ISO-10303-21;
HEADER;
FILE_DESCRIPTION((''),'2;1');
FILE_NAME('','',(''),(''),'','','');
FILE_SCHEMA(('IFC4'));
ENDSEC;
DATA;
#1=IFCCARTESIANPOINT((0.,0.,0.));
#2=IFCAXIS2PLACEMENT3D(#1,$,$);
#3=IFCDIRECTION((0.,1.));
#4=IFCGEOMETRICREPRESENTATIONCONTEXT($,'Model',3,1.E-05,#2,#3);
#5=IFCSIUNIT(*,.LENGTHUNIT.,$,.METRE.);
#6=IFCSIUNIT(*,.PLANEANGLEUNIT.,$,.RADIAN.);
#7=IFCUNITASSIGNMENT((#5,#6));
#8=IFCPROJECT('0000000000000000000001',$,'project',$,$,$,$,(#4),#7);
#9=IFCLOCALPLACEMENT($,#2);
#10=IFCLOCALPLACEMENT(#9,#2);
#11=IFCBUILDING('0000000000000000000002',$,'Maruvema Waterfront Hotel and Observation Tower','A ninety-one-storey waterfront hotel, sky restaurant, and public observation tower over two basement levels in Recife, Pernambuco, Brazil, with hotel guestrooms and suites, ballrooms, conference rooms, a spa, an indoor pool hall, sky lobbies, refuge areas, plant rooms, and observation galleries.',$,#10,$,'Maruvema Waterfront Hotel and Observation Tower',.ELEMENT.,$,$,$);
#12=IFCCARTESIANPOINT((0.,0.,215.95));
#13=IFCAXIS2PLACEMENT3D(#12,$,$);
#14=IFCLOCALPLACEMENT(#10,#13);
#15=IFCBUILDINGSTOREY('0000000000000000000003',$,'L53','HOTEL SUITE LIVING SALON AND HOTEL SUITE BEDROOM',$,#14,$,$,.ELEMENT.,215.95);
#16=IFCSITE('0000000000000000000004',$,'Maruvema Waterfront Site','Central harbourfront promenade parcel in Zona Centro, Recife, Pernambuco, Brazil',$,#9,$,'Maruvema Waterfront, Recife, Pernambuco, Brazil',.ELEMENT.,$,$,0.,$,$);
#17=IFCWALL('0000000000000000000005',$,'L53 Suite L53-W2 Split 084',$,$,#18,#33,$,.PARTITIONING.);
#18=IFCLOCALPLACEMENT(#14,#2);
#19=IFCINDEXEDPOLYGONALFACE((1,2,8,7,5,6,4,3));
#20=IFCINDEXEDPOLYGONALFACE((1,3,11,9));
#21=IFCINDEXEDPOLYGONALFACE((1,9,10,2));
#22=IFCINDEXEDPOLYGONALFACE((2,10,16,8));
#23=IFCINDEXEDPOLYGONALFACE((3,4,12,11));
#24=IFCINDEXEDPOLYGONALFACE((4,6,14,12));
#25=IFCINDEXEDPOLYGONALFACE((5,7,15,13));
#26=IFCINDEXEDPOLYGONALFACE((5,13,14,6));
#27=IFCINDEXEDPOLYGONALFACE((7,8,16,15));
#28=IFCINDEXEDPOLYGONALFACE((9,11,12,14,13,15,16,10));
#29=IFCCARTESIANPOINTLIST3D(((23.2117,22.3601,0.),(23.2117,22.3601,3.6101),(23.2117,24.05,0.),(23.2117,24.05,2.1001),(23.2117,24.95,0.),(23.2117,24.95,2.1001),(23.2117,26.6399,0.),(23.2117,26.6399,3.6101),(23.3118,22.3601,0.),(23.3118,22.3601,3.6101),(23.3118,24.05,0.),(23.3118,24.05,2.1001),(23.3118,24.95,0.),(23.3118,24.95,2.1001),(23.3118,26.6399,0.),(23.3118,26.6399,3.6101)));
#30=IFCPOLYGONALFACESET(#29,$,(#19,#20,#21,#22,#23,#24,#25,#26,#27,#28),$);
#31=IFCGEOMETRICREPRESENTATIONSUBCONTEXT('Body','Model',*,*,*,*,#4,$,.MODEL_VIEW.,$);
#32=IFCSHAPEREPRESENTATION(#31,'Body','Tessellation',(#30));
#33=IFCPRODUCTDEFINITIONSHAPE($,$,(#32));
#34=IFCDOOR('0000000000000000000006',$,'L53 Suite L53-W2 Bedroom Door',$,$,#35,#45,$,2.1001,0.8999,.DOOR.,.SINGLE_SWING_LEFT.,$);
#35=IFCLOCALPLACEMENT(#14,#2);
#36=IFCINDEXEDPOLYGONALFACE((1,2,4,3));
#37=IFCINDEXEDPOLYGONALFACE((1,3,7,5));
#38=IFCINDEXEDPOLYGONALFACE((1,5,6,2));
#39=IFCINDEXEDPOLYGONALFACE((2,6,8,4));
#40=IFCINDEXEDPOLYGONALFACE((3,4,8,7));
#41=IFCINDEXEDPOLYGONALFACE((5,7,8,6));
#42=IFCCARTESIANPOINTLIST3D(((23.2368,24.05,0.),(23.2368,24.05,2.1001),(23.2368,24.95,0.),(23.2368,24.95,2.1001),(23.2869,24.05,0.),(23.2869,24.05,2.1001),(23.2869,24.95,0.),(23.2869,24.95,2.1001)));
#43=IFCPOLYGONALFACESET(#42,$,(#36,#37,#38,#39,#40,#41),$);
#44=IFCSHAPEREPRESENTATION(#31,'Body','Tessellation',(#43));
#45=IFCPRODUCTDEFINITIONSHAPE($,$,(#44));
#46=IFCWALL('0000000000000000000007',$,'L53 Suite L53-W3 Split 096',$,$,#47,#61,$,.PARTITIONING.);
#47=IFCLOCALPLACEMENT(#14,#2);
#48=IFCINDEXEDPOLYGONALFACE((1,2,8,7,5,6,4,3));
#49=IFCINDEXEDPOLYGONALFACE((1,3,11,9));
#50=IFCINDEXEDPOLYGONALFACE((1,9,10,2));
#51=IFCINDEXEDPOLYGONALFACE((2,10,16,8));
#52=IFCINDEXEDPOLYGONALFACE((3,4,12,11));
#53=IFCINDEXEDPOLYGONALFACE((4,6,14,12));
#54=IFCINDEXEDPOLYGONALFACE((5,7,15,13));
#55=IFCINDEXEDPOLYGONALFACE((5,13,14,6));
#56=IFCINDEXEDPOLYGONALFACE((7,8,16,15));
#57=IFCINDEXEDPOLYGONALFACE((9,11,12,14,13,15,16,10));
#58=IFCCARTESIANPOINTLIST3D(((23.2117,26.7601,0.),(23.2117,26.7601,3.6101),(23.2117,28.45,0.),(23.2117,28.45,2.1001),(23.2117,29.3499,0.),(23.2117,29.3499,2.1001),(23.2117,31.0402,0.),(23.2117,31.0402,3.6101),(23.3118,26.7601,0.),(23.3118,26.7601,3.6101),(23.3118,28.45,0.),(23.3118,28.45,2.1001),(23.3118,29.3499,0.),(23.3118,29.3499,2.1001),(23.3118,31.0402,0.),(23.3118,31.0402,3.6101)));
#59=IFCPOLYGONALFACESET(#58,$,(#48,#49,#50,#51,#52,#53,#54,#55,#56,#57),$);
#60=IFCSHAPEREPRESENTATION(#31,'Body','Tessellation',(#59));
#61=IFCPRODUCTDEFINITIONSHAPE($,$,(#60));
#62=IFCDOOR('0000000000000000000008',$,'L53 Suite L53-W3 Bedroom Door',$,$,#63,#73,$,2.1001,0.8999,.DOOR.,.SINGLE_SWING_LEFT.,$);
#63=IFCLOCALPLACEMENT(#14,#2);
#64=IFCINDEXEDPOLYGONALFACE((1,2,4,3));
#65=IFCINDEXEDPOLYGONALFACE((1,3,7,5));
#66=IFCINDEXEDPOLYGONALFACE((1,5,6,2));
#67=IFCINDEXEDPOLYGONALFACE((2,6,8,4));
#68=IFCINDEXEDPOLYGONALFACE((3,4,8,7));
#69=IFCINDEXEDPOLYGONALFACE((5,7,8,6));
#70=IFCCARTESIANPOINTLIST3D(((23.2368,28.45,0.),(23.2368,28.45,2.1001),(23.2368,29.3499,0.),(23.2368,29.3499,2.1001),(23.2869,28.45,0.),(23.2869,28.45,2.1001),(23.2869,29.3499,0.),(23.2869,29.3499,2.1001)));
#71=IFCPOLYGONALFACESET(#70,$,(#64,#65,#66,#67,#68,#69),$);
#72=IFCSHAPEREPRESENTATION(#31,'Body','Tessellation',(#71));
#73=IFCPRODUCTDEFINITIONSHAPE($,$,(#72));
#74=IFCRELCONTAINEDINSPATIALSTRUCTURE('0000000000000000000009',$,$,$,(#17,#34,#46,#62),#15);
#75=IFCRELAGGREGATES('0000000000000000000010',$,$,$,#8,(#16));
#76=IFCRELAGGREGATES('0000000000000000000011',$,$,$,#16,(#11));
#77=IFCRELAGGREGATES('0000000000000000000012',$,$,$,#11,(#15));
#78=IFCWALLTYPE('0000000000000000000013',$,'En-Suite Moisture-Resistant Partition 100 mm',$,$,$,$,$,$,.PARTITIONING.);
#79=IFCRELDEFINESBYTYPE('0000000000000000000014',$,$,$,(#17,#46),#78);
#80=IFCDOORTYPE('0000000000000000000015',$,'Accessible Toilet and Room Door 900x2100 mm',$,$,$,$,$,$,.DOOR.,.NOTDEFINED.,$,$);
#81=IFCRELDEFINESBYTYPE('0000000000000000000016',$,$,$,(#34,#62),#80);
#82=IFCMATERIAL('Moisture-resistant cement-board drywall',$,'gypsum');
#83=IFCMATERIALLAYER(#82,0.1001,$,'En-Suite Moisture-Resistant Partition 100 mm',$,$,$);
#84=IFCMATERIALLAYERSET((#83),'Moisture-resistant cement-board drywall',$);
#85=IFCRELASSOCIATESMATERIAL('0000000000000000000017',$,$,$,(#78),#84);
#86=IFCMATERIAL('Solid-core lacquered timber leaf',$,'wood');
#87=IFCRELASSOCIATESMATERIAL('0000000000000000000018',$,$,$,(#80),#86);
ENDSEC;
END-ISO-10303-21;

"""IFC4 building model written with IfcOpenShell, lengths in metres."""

from ifc_helpers import new_model, si_unit, direction, frame, frame_2d, origin, place, context, subcontext, project, spatial, rectangle, extrude, material, layer, layer_set, type_object, element, fill, save


model = new_model("IFC4")

# Units and contexts
model_context = context("Model", 3, precision=1e-05, world=origin(), true_north=direction((0.0, 1.0)))
body_context = subcontext(model_context, "Body", "Model", "MODEL_VIEW")
ifc_project = project(units=[si_unit("LENGTHUNIT", "METRE"), si_unit("PLANEANGLEUNIT", "RADIAN")], contexts=[model_context])

# Site, building, storey
site_placement = place(None, origin())
site = spatial("IfcSite", under=ifc_project, at=site_placement, Name="Maruvema Waterfront Site", Description="Central harbourfront promenade parcel in Zona Centro, Recife, Pernambuco, Brazil", LongName="Maruvema Waterfront, Recife, Pernambuco, Brazil", CompositionType="ELEMENT", RefElevation=0.0)
building_placement = place(site_placement, origin())
building = spatial("IfcBuilding", under=site, at=building_placement, Name="Maruvema Waterfront Hotel and Observation Tower", Description="A ninety-one-storey waterfront hotel, sky restaurant, and public observation tower over two basement levels in Recife, Pernambuco, Brazil, with hotel guestrooms and suites, ballrooms, conference rooms, a spa, an indoor pool hall, sky lobbies, refuge areas, plant rooms, and observation galleries.", LongName="Maruvema Waterfront Hotel and Observation Tower", CompositionType="ELEMENT")
storey_placement = place(building_placement, frame((0.0, 0.0, 215.95)))
storey = spatial("IfcBuildingStorey", under=building, at=storey_placement, Name="L53", Description="HOTEL SUITE LIVING SALON AND HOTEL SUITE BEDROOM", CompositionType="ELEMENT", Elevation=215.95)

# Walls, openings, doors
ifc_material_1 = material(Name="Moisture-resistant cement-board drywall", Category="gypsum")
ifc_layer_1 = layer(ifc_material_1, 0.1001, Name="En-Suite Moisture-Resistant Partition 100 mm")
ifc_layer_set_1 = layer_set([ifc_layer_1], Name="Moisture-resistant cement-board drywall")
wall_type_1 = type_object("IfcWallType", Name="En-Suite Moisture-Resistant Partition 100 mm", PredefinedType="PARTITIONING", material=ifc_layer_set_1)
ifc_material_2 = material(Name="Solid-core lacquered timber leaf", Category="wood")
door_type_1 = type_object("IfcDoorType", Name="Accessible Toilet and Room Door 900x2100 mm", OperationType="NOTDEFINED", PredefinedType="DOOR", material=ifc_material_2)
wall_1_placement = place(storey_placement, frame((23.2617, 22.3601, 0.0), z_axis=(0.0, 0.0, 1.0), x_axis=(0.0, 1.0, 0.0)))
wall_1 = element("IfcWall", 1, at=wall_1_placement, inside=storey, type_object=wall_type_1, Name="L53 Suite L53-W2 Split 084", PredefinedType="PARTITIONING", context=body_context, shape_type="SweptSolid", body=[
    extrude(rectangle(XDim=4.2798, YDim=0.1001, at=frame_2d((2.1399, 0.0))), origin(), (0.0, 0.0, 1.0), 3.6101),
])
opening_1_placement = place(wall_1_placement, frame((1.6899, 0.0, 0.0)))
opening_1 = element("IfcOpeningElement", 2, at=opening_1_placement, cuts=wall_1, PredefinedType="OPENING", context=body_context, shape_type="SweptSolid", body=[
    extrude(rectangle(XDim=0.8999, YDim=2.1001, at=frame_2d((0.45, 1.05))), frame((0.0, 0.0601, 0.0), z_axis=(0.0, -1.0, 0.0), x_axis=(1.0, 0.0, 0.0)), (0.0, 0.0, 1.0), 0.1201),
])
door_1_placement = place(opening_1_placement, origin())
door_1 = element("IfcDoor", 3, at=door_1_placement, inside=storey, type_object=door_type_1, Name="L53 Suite L53-W2 Bedroom Door", OperationType="SINGLE_SWING_LEFT", OverallHeight=2.1001, OverallWidth=0.8999, PredefinedType="DOOR", context=body_context, shape_type="SweptSolid", body=[
    extrude(rectangle(XDim=0.8999, YDim=2.1001, at=frame_2d((0.45, 1.05))), frame((0.0, 0.0249, 0.0), z_axis=(0.0, -1.0, 0.0), x_axis=(1.0, 0.0, 0.0)), (0.0, 0.0, 1.0), 0.05),
])
fill(opening_1, door_1)
wall_2_placement = place(storey_placement, frame((23.2617, 26.76, 0.0), z_axis=(0.0, 0.0, 1.0), x_axis=(0.0, 1.0, 0.0)))
wall_2 = element("IfcWall", 4, at=wall_2_placement, inside=storey, type_object=wall_type_1, Name="L53 Suite L53-W3 Split 096", PredefinedType="PARTITIONING", context=body_context, shape_type="SweptSolid", body=[
    extrude(rectangle(XDim=4.28, YDim=0.1001, at=frame_2d((2.1401, 0.0))), origin(), (0.0, 0.0, 1.0), 3.6101),
])
opening_2_placement = place(wall_2_placement, frame((1.6899, 0.0, 0.0)))
opening_2 = element("IfcOpeningElement", 5, at=opening_2_placement, cuts=wall_2, PredefinedType="OPENING", context=body_context, shape_type="SweptSolid", body=[
    extrude(rectangle(XDim=0.8999, YDim=2.1001, at=frame_2d((0.45, 1.05))), frame((0.0, 0.0601, 0.0), z_axis=(0.0, -1.0, 0.0), x_axis=(1.0, 0.0, 0.0)), (0.0, 0.0, 1.0), 0.1201),
])
door_2_placement = place(opening_2_placement, origin())
door_2 = element("IfcDoor", 6, at=door_2_placement, inside=storey, type_object=door_type_1, Name="L53 Suite L53-W3 Bedroom Door", OperationType="SINGLE_SWING_LEFT", OverallHeight=2.1001, OverallWidth=0.8999, PredefinedType="DOOR", context=body_context, shape_type="SweptSolid", body=[
    extrude(rectangle(XDim=0.8999, YDim=2.1001, at=frame_2d((0.45, 1.05))), frame((0.0, 0.0249, 0.0), z_axis=(0.0, -1.0, 0.0), x_axis=(1.0, 0.0, 0.0)), (0.0, 0.0, 1.0), 0.05),
])
fill(opening_2, door_2)

save(model, "model.ifc")
